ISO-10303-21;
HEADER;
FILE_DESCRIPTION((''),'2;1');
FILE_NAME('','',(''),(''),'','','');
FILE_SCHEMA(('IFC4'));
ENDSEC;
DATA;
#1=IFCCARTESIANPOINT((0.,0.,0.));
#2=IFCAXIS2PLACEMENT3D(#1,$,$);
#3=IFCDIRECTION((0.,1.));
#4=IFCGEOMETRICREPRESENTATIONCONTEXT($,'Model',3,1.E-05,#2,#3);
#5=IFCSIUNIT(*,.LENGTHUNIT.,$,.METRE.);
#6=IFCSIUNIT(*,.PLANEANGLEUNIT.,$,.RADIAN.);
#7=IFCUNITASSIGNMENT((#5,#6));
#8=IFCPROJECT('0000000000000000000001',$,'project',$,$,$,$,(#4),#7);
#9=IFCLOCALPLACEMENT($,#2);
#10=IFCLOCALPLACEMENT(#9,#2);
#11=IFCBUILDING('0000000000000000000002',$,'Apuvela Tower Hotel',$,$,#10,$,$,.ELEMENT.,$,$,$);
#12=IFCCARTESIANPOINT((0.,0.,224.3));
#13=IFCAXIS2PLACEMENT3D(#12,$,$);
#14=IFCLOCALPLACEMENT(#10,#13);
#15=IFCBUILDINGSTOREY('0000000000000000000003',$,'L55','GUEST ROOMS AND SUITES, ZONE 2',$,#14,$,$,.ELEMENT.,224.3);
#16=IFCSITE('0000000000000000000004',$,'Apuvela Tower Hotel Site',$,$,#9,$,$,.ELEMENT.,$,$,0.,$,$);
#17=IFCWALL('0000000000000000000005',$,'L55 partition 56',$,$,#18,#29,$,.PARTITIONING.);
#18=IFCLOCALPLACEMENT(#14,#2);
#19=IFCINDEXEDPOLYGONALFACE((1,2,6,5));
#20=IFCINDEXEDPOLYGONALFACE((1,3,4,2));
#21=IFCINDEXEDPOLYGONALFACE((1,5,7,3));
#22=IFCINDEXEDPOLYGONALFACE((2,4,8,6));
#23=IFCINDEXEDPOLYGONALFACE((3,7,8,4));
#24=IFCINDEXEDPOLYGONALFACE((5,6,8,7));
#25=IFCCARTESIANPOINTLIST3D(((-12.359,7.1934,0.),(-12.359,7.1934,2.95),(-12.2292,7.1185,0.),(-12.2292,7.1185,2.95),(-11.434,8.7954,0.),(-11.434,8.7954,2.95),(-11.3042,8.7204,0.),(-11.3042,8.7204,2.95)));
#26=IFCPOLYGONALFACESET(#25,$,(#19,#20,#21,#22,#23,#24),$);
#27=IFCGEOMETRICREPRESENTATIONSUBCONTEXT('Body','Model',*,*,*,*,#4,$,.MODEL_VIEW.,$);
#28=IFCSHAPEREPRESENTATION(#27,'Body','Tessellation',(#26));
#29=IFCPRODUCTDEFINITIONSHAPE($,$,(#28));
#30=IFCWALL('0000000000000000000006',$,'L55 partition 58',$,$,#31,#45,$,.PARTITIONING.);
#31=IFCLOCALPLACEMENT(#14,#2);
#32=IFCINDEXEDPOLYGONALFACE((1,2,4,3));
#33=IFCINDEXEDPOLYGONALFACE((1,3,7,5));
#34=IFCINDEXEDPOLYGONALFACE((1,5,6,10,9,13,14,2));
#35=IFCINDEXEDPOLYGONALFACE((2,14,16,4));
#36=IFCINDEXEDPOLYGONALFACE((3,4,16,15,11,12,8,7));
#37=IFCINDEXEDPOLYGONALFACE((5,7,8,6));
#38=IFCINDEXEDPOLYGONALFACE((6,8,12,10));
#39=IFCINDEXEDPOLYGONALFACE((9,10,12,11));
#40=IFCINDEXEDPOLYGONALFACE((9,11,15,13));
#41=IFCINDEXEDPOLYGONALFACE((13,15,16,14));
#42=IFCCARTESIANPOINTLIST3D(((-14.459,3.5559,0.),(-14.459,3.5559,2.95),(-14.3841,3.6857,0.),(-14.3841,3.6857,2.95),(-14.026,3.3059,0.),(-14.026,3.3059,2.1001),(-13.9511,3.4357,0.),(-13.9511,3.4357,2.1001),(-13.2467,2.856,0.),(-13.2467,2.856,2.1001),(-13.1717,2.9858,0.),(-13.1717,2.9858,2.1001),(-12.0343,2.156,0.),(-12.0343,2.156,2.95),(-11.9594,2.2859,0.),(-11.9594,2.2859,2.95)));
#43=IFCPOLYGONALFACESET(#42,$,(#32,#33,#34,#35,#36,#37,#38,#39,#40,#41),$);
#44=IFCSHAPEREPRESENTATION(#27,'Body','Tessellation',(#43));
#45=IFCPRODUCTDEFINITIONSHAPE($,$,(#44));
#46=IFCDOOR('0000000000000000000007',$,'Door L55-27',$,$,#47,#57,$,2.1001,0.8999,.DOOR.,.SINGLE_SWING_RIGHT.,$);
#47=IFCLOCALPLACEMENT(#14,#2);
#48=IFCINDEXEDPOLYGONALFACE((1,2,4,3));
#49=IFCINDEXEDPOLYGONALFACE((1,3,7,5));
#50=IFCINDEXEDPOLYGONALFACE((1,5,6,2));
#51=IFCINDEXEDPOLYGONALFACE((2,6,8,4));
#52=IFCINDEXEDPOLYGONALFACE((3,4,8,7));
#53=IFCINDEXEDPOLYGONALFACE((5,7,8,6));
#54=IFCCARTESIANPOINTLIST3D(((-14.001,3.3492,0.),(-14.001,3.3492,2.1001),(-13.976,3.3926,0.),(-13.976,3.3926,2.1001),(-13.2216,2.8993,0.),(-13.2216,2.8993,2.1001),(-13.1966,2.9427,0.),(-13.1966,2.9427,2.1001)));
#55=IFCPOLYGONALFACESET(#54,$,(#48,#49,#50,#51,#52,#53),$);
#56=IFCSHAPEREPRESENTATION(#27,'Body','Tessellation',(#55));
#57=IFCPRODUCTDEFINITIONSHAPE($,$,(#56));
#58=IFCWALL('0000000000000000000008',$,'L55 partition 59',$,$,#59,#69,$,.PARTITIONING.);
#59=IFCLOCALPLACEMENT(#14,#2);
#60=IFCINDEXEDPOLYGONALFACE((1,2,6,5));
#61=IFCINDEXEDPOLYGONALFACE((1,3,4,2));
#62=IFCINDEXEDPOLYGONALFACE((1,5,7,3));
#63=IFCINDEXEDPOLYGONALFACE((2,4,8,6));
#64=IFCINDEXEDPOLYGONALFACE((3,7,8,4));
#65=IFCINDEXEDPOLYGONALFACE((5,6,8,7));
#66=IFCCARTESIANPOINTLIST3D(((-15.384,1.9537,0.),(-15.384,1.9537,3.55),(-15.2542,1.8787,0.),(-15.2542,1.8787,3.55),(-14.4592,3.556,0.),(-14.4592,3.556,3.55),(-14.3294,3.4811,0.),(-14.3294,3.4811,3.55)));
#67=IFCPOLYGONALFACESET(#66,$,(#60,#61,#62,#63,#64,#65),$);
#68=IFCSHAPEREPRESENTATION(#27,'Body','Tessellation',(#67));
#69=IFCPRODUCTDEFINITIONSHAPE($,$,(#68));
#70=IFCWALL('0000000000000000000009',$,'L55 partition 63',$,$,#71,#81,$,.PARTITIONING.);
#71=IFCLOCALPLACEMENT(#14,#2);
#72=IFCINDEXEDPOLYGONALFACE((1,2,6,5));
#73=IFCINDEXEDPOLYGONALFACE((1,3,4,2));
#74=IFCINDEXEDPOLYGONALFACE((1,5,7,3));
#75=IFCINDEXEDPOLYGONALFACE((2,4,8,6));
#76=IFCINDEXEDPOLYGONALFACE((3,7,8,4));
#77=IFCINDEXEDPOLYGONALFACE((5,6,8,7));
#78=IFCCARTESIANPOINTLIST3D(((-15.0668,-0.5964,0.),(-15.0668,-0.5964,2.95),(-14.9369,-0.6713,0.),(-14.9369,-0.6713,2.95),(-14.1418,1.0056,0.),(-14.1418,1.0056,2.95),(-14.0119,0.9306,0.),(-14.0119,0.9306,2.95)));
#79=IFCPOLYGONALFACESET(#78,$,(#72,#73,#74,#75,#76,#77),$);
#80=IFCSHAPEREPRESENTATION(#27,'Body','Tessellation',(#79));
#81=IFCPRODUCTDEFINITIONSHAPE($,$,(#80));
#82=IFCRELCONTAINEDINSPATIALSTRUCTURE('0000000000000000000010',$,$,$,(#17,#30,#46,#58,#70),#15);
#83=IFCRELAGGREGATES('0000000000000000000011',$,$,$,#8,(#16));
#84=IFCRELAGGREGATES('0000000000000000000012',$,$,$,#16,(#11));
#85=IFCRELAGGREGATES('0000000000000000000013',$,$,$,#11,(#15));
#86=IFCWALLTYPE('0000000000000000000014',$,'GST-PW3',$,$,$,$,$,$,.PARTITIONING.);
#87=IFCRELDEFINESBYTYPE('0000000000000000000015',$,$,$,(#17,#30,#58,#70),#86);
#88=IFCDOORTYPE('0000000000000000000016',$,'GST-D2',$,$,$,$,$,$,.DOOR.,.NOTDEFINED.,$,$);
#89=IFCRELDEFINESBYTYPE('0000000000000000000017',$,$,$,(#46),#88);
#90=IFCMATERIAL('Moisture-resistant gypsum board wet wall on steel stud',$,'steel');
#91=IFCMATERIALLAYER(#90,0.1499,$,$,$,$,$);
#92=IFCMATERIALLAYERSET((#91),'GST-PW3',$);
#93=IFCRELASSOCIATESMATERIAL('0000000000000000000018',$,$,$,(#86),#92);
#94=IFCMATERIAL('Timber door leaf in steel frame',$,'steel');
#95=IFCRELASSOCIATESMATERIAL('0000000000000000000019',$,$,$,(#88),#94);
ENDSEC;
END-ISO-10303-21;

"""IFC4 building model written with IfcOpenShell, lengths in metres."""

from ifc_helpers import new_model, si_unit, direction, frame, frame_2d, origin, place, context, subcontext, project, spatial, rectangle, extrude, material, layer, layer_set, type_object, element, fill, save


model = new_model("IFC4")

# Units and contexts
model_context = context("Model", 3, precision=1e-05, world=origin(), true_north=direction((0.0, 1.0)))
body_context = subcontext(model_context, "Body", "Model", "MODEL_VIEW")
ifc_project = project(units=[si_unit("LENGTHUNIT", "METRE"), si_unit("PLANEANGLEUNIT", "RADIAN")], contexts=[model_context])

# Site, building, storey
site_placement = place(None, origin())
site = spatial("IfcSite", under=ifc_project, at=site_placement, Name="Apuvela Tower Hotel Site", CompositionType="ELEMENT", RefElevation=0.0)
building_placement = place(site_placement, origin())
building = spatial("IfcBuilding", under=site, at=building_placement, Name="Apuvela Tower Hotel", CompositionType="ELEMENT")
storey_placement = place(building_placement, frame((0.0, 0.0, 224.3)))
storey = spatial("IfcBuildingStorey", under=building, at=storey_placement, Name="L55", Description="GUEST ROOMS AND SUITES, ZONE 2", CompositionType="ELEMENT", Elevation=224.3)

# Shared definitions
ifc_material_1 = material(Name="Timber door leaf in steel frame", Category="steel")
ifc_material_2 = material(Name="Moisture-resistant gypsum board wet wall on steel stud", Category="steel")
ifc_layer_1 = layer(ifc_material_2, 0.1499)
ifc_layer_set_1 = layer_set([ifc_layer_1], Name="GST-PW3")
wall_type_1 = type_object("IfcWallType", Name="GST-PW3", PredefinedType="PARTITIONING", material=ifc_layer_set_1)
door_type_1 = type_object("IfcDoorType", Name="GST-D2", OperationType="NOTDEFINED", PredefinedType="DOOR", material=ifc_material_1)

# Wall
wall_1_placement = place(storey_placement, frame((-11.3691, 8.7578, 0.0), z_axis=(0.0, 0.0, 1.0), x_axis=(-0.500042, -0.866001, 0.0)))
element("IfcWall", 1, at=wall_1_placement, inside=storey, type_object=wall_type_1, Name="L55 partition 56", PredefinedType="PARTITIONING", context=body_context, shape_type="SweptSolid", body=[
    extrude(rectangle(XDim=1.8499, YDim=0.1499, at=frame_2d((0.9248, 0.0))), origin(), (0.0, 0.0, 1.0), 2.95),
])

# Wall, opening, door
wall_2_placement = place(storey_placement, frame((-11.9968, 2.2209, 0.0), z_axis=(0.0, 0.0, 1.0), x_axis=(-0.866035, 0.499984, 0.0)))
wall_2 = element("IfcWall", 2, at=wall_2_placement, inside=storey, type_object=wall_type_1, Name="L55 partition 58", PredefinedType="PARTITIONING", context=body_context, shape_type="SweptSolid", body=[
    extrude(rectangle(XDim=2.7998, YDim=0.1499, at=frame_2d((1.3999, 0.0))), origin(), (0.0, 0.0, 1.0), 2.95),
])
opening_1_placement = place(wall_2_placement, frame((1.3999, 0.0, 0.0)))
opening_1 = element("IfcOpeningElement", 3, at=opening_1_placement, cuts=wall_2, PredefinedType="OPENING", context=body_context, shape_type="SweptSolid", body=[
    extrude(rectangle(XDim=0.8999, YDim=2.1001, at=frame_2d((0.45, 1.05))), frame((0.0, 0.085, 0.0), z_axis=(0.0, -1.0, 0.0), x_axis=(1.0, 0.0, 0.0)), (0.0, 0.0, 1.0), 0.1699),
])
door_1_placement = place(opening_1_placement, origin())
door_1 = element("IfcDoor", 4, at=door_1_placement, inside=storey, type_object=door_type_1, Name="Door L55-27", OperationType="SINGLE_SWING_RIGHT", OverallHeight=2.1001, OverallWidth=0.8999, PredefinedType="DOOR", context=body_context, shape_type="SweptSolid", body=[
    extrude(rectangle(XDim=0.8999, YDim=2.1001, at=frame_2d((0.45, 1.05))), frame((0.0, 0.0249, 0.0), z_axis=(0.0, -1.0, 0.0), x_axis=(1.0, 0.0, 0.0)), (0.0, 0.0, 1.0), 0.05),
])
fill(opening_1, door_1)

# Walls
wall_3_placement = place(storey_placement, frame((-14.3943, 3.5186, 0.0), z_axis=(0.0, 0.0, 1.0), x_axis=(-0.499886, -0.866091, 0.0)))
element("IfcWall", 5, at=wall_3_placement, inside=storey, type_object=wall_type_1, Name="L55 partition 59", PredefinedType="PARTITIONING", context=body_context, shape_type="SweptSolid", body=[
    extrude(rectangle(XDim=1.8501, YDim=0.1499, at=frame_2d((0.925, 0.0))), origin(), (0.0, 0.0, 1.0), 3.55),
])
wall_4_placement = place(storey_placement, frame((-14.0769, 0.968, 0.0), z_axis=(0.0, 0.0, 1.0), x_axis=(-0.500042, -0.866001, 0.0)))
element("IfcWall", 6, at=wall_4_placement, inside=storey, type_object=wall_type_1, Name="L55 partition 63", PredefinedType="PARTITIONING", context=body_context, shape_type="SweptSolid", body=[
    extrude(rectangle(XDim=1.8499, YDim=0.1499, at=frame_2d((0.9248, 0.0))), origin(), (0.0, 0.0, 1.0), 2.95),
])

save(model, "model.ifc")
